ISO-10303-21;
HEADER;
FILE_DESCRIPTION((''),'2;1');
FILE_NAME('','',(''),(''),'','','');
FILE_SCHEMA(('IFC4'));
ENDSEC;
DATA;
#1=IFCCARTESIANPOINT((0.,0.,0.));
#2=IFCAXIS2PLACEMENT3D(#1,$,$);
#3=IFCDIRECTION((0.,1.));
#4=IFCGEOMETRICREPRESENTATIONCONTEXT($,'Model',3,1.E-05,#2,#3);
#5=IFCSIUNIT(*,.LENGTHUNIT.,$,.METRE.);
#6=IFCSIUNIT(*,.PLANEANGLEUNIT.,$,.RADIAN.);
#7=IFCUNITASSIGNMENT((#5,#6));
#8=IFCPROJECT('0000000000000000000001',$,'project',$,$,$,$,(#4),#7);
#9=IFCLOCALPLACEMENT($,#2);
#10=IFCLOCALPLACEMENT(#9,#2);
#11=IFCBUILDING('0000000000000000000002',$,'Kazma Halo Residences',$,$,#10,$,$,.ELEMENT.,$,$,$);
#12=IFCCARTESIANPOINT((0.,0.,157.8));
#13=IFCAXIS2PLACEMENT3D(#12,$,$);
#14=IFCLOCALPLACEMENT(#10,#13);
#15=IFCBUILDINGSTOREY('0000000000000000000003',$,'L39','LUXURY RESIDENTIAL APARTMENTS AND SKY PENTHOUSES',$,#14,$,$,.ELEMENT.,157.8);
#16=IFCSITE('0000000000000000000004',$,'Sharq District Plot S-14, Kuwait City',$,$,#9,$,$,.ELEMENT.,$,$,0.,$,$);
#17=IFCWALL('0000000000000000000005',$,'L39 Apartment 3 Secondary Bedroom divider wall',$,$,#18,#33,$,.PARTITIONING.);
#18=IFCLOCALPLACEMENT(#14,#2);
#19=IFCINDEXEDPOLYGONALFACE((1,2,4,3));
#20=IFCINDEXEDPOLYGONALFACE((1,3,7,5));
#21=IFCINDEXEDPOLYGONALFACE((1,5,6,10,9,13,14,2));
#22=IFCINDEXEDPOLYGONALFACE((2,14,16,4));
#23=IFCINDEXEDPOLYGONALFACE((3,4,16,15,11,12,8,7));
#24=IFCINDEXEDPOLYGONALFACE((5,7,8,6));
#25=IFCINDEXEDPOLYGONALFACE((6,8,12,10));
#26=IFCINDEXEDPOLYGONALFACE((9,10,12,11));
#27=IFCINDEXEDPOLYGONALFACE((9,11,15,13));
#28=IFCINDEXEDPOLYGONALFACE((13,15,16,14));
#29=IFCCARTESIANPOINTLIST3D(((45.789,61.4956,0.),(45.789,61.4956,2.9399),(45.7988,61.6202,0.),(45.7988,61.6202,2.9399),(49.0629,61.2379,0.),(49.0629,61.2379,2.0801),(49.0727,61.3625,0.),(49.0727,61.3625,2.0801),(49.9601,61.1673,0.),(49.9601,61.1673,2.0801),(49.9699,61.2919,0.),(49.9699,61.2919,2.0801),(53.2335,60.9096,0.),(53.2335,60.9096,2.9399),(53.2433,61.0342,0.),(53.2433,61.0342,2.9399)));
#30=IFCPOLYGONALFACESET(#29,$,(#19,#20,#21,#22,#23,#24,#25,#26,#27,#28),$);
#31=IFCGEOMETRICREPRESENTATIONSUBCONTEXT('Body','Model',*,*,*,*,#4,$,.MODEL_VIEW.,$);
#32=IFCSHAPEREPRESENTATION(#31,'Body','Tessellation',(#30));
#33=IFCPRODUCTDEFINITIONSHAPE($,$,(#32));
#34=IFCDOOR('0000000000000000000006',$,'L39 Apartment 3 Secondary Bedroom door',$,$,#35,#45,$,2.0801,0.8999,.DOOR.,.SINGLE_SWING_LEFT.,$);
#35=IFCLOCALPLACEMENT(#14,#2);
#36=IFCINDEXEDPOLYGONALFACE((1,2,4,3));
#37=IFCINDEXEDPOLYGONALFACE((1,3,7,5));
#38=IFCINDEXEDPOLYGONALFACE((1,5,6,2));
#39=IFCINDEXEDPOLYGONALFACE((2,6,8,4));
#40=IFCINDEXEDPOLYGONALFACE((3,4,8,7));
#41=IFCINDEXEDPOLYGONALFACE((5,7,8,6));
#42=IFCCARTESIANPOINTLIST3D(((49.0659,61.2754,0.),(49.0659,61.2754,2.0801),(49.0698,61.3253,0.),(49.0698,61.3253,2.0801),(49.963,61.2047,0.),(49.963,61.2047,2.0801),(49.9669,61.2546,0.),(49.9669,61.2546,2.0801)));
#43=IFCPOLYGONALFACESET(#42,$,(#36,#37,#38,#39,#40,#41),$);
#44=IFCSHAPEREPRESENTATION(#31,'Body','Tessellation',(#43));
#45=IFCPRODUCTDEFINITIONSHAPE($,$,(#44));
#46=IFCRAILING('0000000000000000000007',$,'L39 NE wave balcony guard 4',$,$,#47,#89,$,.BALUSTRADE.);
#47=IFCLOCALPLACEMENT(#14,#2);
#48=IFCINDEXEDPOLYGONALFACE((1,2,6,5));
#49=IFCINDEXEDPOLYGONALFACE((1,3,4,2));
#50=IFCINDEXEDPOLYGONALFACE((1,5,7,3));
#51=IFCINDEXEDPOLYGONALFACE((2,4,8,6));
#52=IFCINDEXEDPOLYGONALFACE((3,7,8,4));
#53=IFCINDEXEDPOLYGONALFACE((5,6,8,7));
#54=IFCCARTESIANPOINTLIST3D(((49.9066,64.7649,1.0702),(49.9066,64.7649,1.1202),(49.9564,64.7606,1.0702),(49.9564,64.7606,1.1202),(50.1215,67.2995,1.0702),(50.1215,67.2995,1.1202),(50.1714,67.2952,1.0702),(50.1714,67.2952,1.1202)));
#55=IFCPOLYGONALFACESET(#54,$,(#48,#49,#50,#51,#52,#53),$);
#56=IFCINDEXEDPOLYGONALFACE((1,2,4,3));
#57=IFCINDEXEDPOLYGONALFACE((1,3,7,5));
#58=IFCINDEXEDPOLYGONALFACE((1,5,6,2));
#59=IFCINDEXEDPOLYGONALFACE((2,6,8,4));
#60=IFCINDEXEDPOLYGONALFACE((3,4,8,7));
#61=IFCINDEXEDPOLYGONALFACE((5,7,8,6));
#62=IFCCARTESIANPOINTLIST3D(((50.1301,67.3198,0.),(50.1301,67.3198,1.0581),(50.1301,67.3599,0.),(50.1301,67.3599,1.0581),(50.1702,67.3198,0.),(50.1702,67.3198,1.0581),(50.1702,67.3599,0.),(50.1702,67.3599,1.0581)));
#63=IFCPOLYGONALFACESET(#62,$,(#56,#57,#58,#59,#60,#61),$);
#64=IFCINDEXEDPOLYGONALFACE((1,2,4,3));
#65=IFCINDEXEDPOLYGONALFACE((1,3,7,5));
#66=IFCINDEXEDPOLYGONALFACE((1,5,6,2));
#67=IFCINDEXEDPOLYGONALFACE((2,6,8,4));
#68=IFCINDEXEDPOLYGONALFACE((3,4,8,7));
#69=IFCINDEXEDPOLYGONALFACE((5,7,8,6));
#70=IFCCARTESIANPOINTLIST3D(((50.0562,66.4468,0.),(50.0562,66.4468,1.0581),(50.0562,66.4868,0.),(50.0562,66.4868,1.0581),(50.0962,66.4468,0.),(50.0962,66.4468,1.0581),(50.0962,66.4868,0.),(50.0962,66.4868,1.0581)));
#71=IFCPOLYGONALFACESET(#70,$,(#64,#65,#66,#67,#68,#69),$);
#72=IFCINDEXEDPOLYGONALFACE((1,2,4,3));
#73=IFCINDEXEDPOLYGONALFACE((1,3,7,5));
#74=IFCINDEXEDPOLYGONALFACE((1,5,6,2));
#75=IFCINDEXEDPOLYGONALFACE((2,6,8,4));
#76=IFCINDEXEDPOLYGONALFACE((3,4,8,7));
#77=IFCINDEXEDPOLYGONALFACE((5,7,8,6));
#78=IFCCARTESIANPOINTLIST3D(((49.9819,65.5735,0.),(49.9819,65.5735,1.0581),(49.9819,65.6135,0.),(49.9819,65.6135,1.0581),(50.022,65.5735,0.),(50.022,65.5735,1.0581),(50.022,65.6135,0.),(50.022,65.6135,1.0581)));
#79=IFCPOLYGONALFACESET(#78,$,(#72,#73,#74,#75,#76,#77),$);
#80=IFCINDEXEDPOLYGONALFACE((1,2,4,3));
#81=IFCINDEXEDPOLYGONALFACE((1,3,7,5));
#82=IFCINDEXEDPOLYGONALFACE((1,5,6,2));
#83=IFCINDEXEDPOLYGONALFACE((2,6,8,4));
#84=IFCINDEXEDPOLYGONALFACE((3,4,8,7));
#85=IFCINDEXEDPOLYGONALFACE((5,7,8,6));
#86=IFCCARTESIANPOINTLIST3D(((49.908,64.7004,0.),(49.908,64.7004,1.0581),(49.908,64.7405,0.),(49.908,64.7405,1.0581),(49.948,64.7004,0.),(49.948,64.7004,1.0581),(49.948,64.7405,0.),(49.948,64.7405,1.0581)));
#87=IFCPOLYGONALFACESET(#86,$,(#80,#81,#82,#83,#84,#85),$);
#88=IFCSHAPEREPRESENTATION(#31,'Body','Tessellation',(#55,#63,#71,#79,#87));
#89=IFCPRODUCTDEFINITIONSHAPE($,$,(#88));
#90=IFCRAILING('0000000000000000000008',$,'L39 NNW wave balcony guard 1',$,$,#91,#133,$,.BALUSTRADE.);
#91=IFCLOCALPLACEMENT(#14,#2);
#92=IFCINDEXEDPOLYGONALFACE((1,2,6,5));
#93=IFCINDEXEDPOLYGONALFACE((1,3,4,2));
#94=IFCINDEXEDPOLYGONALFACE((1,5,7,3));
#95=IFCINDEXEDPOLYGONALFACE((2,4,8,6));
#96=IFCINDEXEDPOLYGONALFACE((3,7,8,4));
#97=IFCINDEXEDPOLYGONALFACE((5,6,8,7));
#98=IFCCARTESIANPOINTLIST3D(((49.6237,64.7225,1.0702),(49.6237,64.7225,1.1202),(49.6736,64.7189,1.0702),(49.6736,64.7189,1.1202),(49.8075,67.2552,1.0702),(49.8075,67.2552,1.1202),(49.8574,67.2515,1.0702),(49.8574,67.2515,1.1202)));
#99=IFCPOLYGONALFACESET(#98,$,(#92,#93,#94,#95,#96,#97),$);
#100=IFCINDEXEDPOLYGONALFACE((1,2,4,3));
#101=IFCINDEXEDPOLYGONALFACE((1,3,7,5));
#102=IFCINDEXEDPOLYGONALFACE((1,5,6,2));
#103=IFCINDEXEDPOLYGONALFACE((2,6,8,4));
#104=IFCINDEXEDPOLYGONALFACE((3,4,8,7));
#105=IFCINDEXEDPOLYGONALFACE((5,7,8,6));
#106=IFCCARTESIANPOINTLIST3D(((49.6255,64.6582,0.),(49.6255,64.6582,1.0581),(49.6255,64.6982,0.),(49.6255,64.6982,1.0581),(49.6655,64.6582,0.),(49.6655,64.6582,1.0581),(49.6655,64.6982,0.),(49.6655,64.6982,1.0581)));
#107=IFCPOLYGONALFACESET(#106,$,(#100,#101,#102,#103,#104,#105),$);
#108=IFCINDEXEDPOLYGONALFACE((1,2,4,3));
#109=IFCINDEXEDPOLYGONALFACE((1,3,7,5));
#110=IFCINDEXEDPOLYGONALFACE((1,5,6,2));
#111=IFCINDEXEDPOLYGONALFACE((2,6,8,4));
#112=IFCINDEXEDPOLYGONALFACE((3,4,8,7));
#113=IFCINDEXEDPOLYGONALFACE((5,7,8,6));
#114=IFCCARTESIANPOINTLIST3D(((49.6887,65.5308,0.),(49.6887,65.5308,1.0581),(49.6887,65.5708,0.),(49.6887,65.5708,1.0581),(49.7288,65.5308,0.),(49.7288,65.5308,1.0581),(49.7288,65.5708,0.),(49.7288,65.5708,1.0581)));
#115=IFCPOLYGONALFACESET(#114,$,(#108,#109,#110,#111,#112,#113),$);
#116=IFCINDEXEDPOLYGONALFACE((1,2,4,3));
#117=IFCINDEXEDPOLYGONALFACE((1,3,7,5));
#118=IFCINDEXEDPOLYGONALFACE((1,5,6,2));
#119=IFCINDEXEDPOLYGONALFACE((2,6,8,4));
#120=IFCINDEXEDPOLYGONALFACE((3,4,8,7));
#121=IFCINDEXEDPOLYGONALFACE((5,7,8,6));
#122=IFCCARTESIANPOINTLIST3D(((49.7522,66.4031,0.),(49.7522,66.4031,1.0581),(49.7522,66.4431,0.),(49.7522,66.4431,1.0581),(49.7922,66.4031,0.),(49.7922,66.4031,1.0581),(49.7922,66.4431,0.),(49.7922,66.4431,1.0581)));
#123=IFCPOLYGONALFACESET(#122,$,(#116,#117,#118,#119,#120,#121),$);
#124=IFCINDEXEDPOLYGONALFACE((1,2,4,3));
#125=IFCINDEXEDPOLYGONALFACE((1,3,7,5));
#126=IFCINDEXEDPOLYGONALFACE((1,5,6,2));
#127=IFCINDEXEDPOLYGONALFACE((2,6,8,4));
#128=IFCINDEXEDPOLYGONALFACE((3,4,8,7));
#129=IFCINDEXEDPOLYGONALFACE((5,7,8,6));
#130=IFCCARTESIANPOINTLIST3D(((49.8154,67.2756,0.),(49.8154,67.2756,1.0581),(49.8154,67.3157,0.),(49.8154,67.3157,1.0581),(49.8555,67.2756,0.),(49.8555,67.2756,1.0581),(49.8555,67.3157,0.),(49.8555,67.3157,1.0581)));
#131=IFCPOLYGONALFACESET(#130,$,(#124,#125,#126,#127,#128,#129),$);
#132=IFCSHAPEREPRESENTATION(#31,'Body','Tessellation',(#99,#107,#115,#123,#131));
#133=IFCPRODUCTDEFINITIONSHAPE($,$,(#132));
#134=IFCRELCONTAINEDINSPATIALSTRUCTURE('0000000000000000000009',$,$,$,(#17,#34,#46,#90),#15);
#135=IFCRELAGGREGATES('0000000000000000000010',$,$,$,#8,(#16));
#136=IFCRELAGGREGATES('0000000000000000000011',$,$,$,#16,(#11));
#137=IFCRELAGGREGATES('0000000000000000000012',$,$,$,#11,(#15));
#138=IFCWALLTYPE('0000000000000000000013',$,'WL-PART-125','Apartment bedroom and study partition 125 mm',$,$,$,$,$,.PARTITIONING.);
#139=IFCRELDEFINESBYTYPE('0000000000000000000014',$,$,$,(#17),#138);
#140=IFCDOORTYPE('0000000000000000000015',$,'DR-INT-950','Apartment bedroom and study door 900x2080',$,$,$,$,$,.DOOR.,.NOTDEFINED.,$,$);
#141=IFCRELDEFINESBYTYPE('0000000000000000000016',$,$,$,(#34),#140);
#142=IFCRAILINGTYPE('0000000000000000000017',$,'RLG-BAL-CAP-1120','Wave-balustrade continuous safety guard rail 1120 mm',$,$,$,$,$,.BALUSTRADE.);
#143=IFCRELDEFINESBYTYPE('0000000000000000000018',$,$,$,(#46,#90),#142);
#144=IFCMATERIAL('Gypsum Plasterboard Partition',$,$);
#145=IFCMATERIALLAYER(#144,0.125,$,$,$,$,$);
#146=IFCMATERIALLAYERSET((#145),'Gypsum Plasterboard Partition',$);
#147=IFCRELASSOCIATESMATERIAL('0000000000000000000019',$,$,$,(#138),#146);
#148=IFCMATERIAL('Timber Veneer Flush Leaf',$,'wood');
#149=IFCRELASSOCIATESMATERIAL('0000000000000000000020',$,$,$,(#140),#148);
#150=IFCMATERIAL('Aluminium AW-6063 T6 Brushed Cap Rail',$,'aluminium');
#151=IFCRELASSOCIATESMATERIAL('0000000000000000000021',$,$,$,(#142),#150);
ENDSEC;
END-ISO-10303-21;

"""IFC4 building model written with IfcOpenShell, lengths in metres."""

from ifc_helpers import new_model, si_unit, direction, frame, frame_2d, origin, origin_2d, place, context, subcontext, project, spatial, rectangle, extrude, material, layer, layer_set, type_object, element, fill, save


model = new_model("IFC4")

# Units and contexts
model_context = context("Model", 3, precision=1e-05, world=origin(), true_north=direction((0.0, 1.0)))
body_context = subcontext(model_context, "Body", "Model", "MODEL_VIEW")
ifc_project = project(units=[si_unit("LENGTHUNIT", "METRE"), si_unit("PLANEANGLEUNIT", "RADIAN")], contexts=[model_context])

# Site, building, storey
site_placement = place(None, origin())
site = spatial("IfcSite", under=ifc_project, at=site_placement, Name="Sharq District Plot S-14, Kuwait City", CompositionType="ELEMENT", RefElevation=0.0)
building_placement = place(site_placement, origin())
building = spatial("IfcBuilding", under=site, at=building_placement, Name="Kazma Halo Residences", CompositionType="ELEMENT")
storey_placement = place(building_placement, frame((0.0, 0.0, 157.8)))
storey = spatial("IfcBuildingStorey", under=building, at=storey_placement, Name="L39", Description="LUXURY RESIDENTIAL APARTMENTS AND SKY PENTHOUSES", CompositionType="ELEMENT", Elevation=157.8)

# Shared definitions
ifc_material_1 = material(Name="Gypsum Plasterboard Partition")
ifc_layer_1 = layer(ifc_material_1, 0.125)
ifc_layer_set_1 = layer_set([ifc_layer_1], Name="Gypsum Plasterboard Partition")
wall_type_1 = type_object("IfcWallType", Name="WL-PART-125", Description="Apartment bedroom and study partition 125 mm", PredefinedType="PARTITIONING", material=ifc_layer_set_1)

# Wall, opening, door
ifc_material_2 = material(Name="Timber Veneer Flush Leaf", Category="wood")
door_type_1 = type_object("IfcDoorType", Name="DR-INT-950", Description="Apartment bedroom and study door 900x2080", OperationType="NOTDEFINED", PredefinedType="DOOR", material=ifc_material_2)
wall_1_placement = place(storey_placement, frame((53.2385, 60.9719, 0.0), z_axis=(0.0, 0.0, 1.0), x_axis=(-0.996917, 0.078464, 0.0)))
wall_1 = element("IfcWall", 1, at=wall_1_placement, inside=storey, type_object=wall_type_1, Name="L39 Apartment 3 Secondary Bedroom divider wall", PredefinedType="PARTITIONING", context=body_context, shape_type="SweptSolid", body=[
    extrude(rectangle(XDim=7.4675, YDim=0.125, at=frame_2d((3.7339, 0.0))), origin(), (0.0, 0.0, 1.0), 2.9399),
])
opening_1_placement = place(wall_1_placement, frame((3.2837, 0.0, 0.0)))
opening_1 = element("IfcOpeningElement", 2, at=opening_1_placement, cuts=wall_1, PredefinedType="OPENING", context=body_context, shape_type="SweptSolid", body=[
    extrude(rectangle(XDim=0.8999, YDim=2.0801, at=frame_2d((0.45, 1.04))), frame((0.0, 0.0725, 0.0), z_axis=(0.0, -1.0, 0.0), x_axis=(1.0, 0.0, 0.0)), (0.0, 0.0, 1.0), 0.145),
])
door_1_placement = place(opening_1_placement, origin())
door_1 = element("IfcDoor", 3, at=door_1_placement, inside=storey, type_object=door_type_1, Name="L39 Apartment 3 Secondary Bedroom door", OperationType="SINGLE_SWING_LEFT", OverallHeight=2.0801, OverallWidth=0.8999, PredefinedType="DOOR", context=body_context, shape_type="SweptSolid", body=[
    extrude(rectangle(XDim=0.8999, YDim=2.0801, at=frame_2d((0.45, 1.04))), frame((0.0, 0.0249, 0.0), z_axis=(0.0, -1.0, 0.0), x_axis=(1.0, 0.0, 0.0)), (0.0, 0.0, 1.0), 0.05),
])
fill(opening_1, door_1)

# Railings
ifc_material_3 = material(Name="Aluminium AW-6063 T6 Brushed Cap Rail", Category="aluminium")
railing_type = type_object("IfcRailingType", Name="RLG-BAL-CAP-1120", Description="Wave-balustrade continuous safety guard rail 1120 mm", PredefinedType="BALUSTRADE", material=ifc_material_3)
railing_1_placement = place(storey_placement, frame((50.1501, 67.3398, 0.0)))
element("IfcRailing", 4, at=railing_1_placement, inside=storey, type_object=railing_type, Name="L39 NE wave balcony guard 4", PredefinedType="BALUSTRADE", context=body_context, shape_type="SweptSolid", body=[
    extrude(rectangle(XDim=0.05, YDim=0.05, at=origin_2d()), frame((-0.0037, -0.0425, 1.0952), z_axis=(-0.084513, -0.996422, 0.0), x_axis=(0.996422, -0.084513, 0.0)), (0.0, 0.0, 1.0), 2.5437),
    extrude(rectangle(XDim=0.04, YDim=0.04, at=origin_2d()), origin(), (0.0, 0.0, 1.0), 1.0581),
    extrude(rectangle(XDim=0.04, YDim=0.04, at=origin_2d()), frame((-0.074, -0.873, 0.0)), (0.0, 0.0, 1.0), 1.0581),
    extrude(rectangle(XDim=0.04, YDim=0.04, at=origin_2d()), frame((-0.1482, -1.7463, 0.0)), (0.0, 0.0, 1.0), 1.0581),
    extrude(rectangle(XDim=0.04, YDim=0.04, at=origin_2d()), frame((-0.2222, -2.6194, 0.0)), (0.0, 0.0, 1.0), 1.0581),
])
railing_2_placement = place(storey_placement, frame((49.6455, 64.6782, 0.0)))
element("IfcRailing", 5, at=railing_2_placement, inside=storey, type_object=railing_type, Name="L39 NNW wave balcony guard 1", PredefinedType="BALUSTRADE", context=body_context, shape_type="SweptSolid", body=[
    extrude(rectangle(XDim=0.05, YDim=0.05, at=origin_2d()), frame((0.0032, 0.0425, 1.0952), z_axis=(0.072378, 0.997377, 0.0), x_axis=(-0.997377, 0.072378, 0.0)), (0.0, 0.0, 1.0), 2.5393),
    extrude(rectangle(XDim=0.04, YDim=0.04, at=origin_2d()), origin(), (0.0, 0.0, 1.0), 1.0581),
    extrude(rectangle(XDim=0.04, YDim=0.04, at=origin_2d()), frame((0.0632, 0.8726, 0.0)), (0.0, 0.0, 1.0), 1.0581),
    extrude(rectangle(XDim=0.04, YDim=0.04, at=origin_2d()), frame((0.1267, 1.7449, 0.0)), (0.0, 0.0, 1.0), 1.0581),
    extrude(rectangle(XDim=0.04, YDim=0.04, at=origin_2d()), frame((0.1899, 2.6174, 0.0)), (0.0, 0.0, 1.0), 1.0581),
])

save(model, "model.ifc")
